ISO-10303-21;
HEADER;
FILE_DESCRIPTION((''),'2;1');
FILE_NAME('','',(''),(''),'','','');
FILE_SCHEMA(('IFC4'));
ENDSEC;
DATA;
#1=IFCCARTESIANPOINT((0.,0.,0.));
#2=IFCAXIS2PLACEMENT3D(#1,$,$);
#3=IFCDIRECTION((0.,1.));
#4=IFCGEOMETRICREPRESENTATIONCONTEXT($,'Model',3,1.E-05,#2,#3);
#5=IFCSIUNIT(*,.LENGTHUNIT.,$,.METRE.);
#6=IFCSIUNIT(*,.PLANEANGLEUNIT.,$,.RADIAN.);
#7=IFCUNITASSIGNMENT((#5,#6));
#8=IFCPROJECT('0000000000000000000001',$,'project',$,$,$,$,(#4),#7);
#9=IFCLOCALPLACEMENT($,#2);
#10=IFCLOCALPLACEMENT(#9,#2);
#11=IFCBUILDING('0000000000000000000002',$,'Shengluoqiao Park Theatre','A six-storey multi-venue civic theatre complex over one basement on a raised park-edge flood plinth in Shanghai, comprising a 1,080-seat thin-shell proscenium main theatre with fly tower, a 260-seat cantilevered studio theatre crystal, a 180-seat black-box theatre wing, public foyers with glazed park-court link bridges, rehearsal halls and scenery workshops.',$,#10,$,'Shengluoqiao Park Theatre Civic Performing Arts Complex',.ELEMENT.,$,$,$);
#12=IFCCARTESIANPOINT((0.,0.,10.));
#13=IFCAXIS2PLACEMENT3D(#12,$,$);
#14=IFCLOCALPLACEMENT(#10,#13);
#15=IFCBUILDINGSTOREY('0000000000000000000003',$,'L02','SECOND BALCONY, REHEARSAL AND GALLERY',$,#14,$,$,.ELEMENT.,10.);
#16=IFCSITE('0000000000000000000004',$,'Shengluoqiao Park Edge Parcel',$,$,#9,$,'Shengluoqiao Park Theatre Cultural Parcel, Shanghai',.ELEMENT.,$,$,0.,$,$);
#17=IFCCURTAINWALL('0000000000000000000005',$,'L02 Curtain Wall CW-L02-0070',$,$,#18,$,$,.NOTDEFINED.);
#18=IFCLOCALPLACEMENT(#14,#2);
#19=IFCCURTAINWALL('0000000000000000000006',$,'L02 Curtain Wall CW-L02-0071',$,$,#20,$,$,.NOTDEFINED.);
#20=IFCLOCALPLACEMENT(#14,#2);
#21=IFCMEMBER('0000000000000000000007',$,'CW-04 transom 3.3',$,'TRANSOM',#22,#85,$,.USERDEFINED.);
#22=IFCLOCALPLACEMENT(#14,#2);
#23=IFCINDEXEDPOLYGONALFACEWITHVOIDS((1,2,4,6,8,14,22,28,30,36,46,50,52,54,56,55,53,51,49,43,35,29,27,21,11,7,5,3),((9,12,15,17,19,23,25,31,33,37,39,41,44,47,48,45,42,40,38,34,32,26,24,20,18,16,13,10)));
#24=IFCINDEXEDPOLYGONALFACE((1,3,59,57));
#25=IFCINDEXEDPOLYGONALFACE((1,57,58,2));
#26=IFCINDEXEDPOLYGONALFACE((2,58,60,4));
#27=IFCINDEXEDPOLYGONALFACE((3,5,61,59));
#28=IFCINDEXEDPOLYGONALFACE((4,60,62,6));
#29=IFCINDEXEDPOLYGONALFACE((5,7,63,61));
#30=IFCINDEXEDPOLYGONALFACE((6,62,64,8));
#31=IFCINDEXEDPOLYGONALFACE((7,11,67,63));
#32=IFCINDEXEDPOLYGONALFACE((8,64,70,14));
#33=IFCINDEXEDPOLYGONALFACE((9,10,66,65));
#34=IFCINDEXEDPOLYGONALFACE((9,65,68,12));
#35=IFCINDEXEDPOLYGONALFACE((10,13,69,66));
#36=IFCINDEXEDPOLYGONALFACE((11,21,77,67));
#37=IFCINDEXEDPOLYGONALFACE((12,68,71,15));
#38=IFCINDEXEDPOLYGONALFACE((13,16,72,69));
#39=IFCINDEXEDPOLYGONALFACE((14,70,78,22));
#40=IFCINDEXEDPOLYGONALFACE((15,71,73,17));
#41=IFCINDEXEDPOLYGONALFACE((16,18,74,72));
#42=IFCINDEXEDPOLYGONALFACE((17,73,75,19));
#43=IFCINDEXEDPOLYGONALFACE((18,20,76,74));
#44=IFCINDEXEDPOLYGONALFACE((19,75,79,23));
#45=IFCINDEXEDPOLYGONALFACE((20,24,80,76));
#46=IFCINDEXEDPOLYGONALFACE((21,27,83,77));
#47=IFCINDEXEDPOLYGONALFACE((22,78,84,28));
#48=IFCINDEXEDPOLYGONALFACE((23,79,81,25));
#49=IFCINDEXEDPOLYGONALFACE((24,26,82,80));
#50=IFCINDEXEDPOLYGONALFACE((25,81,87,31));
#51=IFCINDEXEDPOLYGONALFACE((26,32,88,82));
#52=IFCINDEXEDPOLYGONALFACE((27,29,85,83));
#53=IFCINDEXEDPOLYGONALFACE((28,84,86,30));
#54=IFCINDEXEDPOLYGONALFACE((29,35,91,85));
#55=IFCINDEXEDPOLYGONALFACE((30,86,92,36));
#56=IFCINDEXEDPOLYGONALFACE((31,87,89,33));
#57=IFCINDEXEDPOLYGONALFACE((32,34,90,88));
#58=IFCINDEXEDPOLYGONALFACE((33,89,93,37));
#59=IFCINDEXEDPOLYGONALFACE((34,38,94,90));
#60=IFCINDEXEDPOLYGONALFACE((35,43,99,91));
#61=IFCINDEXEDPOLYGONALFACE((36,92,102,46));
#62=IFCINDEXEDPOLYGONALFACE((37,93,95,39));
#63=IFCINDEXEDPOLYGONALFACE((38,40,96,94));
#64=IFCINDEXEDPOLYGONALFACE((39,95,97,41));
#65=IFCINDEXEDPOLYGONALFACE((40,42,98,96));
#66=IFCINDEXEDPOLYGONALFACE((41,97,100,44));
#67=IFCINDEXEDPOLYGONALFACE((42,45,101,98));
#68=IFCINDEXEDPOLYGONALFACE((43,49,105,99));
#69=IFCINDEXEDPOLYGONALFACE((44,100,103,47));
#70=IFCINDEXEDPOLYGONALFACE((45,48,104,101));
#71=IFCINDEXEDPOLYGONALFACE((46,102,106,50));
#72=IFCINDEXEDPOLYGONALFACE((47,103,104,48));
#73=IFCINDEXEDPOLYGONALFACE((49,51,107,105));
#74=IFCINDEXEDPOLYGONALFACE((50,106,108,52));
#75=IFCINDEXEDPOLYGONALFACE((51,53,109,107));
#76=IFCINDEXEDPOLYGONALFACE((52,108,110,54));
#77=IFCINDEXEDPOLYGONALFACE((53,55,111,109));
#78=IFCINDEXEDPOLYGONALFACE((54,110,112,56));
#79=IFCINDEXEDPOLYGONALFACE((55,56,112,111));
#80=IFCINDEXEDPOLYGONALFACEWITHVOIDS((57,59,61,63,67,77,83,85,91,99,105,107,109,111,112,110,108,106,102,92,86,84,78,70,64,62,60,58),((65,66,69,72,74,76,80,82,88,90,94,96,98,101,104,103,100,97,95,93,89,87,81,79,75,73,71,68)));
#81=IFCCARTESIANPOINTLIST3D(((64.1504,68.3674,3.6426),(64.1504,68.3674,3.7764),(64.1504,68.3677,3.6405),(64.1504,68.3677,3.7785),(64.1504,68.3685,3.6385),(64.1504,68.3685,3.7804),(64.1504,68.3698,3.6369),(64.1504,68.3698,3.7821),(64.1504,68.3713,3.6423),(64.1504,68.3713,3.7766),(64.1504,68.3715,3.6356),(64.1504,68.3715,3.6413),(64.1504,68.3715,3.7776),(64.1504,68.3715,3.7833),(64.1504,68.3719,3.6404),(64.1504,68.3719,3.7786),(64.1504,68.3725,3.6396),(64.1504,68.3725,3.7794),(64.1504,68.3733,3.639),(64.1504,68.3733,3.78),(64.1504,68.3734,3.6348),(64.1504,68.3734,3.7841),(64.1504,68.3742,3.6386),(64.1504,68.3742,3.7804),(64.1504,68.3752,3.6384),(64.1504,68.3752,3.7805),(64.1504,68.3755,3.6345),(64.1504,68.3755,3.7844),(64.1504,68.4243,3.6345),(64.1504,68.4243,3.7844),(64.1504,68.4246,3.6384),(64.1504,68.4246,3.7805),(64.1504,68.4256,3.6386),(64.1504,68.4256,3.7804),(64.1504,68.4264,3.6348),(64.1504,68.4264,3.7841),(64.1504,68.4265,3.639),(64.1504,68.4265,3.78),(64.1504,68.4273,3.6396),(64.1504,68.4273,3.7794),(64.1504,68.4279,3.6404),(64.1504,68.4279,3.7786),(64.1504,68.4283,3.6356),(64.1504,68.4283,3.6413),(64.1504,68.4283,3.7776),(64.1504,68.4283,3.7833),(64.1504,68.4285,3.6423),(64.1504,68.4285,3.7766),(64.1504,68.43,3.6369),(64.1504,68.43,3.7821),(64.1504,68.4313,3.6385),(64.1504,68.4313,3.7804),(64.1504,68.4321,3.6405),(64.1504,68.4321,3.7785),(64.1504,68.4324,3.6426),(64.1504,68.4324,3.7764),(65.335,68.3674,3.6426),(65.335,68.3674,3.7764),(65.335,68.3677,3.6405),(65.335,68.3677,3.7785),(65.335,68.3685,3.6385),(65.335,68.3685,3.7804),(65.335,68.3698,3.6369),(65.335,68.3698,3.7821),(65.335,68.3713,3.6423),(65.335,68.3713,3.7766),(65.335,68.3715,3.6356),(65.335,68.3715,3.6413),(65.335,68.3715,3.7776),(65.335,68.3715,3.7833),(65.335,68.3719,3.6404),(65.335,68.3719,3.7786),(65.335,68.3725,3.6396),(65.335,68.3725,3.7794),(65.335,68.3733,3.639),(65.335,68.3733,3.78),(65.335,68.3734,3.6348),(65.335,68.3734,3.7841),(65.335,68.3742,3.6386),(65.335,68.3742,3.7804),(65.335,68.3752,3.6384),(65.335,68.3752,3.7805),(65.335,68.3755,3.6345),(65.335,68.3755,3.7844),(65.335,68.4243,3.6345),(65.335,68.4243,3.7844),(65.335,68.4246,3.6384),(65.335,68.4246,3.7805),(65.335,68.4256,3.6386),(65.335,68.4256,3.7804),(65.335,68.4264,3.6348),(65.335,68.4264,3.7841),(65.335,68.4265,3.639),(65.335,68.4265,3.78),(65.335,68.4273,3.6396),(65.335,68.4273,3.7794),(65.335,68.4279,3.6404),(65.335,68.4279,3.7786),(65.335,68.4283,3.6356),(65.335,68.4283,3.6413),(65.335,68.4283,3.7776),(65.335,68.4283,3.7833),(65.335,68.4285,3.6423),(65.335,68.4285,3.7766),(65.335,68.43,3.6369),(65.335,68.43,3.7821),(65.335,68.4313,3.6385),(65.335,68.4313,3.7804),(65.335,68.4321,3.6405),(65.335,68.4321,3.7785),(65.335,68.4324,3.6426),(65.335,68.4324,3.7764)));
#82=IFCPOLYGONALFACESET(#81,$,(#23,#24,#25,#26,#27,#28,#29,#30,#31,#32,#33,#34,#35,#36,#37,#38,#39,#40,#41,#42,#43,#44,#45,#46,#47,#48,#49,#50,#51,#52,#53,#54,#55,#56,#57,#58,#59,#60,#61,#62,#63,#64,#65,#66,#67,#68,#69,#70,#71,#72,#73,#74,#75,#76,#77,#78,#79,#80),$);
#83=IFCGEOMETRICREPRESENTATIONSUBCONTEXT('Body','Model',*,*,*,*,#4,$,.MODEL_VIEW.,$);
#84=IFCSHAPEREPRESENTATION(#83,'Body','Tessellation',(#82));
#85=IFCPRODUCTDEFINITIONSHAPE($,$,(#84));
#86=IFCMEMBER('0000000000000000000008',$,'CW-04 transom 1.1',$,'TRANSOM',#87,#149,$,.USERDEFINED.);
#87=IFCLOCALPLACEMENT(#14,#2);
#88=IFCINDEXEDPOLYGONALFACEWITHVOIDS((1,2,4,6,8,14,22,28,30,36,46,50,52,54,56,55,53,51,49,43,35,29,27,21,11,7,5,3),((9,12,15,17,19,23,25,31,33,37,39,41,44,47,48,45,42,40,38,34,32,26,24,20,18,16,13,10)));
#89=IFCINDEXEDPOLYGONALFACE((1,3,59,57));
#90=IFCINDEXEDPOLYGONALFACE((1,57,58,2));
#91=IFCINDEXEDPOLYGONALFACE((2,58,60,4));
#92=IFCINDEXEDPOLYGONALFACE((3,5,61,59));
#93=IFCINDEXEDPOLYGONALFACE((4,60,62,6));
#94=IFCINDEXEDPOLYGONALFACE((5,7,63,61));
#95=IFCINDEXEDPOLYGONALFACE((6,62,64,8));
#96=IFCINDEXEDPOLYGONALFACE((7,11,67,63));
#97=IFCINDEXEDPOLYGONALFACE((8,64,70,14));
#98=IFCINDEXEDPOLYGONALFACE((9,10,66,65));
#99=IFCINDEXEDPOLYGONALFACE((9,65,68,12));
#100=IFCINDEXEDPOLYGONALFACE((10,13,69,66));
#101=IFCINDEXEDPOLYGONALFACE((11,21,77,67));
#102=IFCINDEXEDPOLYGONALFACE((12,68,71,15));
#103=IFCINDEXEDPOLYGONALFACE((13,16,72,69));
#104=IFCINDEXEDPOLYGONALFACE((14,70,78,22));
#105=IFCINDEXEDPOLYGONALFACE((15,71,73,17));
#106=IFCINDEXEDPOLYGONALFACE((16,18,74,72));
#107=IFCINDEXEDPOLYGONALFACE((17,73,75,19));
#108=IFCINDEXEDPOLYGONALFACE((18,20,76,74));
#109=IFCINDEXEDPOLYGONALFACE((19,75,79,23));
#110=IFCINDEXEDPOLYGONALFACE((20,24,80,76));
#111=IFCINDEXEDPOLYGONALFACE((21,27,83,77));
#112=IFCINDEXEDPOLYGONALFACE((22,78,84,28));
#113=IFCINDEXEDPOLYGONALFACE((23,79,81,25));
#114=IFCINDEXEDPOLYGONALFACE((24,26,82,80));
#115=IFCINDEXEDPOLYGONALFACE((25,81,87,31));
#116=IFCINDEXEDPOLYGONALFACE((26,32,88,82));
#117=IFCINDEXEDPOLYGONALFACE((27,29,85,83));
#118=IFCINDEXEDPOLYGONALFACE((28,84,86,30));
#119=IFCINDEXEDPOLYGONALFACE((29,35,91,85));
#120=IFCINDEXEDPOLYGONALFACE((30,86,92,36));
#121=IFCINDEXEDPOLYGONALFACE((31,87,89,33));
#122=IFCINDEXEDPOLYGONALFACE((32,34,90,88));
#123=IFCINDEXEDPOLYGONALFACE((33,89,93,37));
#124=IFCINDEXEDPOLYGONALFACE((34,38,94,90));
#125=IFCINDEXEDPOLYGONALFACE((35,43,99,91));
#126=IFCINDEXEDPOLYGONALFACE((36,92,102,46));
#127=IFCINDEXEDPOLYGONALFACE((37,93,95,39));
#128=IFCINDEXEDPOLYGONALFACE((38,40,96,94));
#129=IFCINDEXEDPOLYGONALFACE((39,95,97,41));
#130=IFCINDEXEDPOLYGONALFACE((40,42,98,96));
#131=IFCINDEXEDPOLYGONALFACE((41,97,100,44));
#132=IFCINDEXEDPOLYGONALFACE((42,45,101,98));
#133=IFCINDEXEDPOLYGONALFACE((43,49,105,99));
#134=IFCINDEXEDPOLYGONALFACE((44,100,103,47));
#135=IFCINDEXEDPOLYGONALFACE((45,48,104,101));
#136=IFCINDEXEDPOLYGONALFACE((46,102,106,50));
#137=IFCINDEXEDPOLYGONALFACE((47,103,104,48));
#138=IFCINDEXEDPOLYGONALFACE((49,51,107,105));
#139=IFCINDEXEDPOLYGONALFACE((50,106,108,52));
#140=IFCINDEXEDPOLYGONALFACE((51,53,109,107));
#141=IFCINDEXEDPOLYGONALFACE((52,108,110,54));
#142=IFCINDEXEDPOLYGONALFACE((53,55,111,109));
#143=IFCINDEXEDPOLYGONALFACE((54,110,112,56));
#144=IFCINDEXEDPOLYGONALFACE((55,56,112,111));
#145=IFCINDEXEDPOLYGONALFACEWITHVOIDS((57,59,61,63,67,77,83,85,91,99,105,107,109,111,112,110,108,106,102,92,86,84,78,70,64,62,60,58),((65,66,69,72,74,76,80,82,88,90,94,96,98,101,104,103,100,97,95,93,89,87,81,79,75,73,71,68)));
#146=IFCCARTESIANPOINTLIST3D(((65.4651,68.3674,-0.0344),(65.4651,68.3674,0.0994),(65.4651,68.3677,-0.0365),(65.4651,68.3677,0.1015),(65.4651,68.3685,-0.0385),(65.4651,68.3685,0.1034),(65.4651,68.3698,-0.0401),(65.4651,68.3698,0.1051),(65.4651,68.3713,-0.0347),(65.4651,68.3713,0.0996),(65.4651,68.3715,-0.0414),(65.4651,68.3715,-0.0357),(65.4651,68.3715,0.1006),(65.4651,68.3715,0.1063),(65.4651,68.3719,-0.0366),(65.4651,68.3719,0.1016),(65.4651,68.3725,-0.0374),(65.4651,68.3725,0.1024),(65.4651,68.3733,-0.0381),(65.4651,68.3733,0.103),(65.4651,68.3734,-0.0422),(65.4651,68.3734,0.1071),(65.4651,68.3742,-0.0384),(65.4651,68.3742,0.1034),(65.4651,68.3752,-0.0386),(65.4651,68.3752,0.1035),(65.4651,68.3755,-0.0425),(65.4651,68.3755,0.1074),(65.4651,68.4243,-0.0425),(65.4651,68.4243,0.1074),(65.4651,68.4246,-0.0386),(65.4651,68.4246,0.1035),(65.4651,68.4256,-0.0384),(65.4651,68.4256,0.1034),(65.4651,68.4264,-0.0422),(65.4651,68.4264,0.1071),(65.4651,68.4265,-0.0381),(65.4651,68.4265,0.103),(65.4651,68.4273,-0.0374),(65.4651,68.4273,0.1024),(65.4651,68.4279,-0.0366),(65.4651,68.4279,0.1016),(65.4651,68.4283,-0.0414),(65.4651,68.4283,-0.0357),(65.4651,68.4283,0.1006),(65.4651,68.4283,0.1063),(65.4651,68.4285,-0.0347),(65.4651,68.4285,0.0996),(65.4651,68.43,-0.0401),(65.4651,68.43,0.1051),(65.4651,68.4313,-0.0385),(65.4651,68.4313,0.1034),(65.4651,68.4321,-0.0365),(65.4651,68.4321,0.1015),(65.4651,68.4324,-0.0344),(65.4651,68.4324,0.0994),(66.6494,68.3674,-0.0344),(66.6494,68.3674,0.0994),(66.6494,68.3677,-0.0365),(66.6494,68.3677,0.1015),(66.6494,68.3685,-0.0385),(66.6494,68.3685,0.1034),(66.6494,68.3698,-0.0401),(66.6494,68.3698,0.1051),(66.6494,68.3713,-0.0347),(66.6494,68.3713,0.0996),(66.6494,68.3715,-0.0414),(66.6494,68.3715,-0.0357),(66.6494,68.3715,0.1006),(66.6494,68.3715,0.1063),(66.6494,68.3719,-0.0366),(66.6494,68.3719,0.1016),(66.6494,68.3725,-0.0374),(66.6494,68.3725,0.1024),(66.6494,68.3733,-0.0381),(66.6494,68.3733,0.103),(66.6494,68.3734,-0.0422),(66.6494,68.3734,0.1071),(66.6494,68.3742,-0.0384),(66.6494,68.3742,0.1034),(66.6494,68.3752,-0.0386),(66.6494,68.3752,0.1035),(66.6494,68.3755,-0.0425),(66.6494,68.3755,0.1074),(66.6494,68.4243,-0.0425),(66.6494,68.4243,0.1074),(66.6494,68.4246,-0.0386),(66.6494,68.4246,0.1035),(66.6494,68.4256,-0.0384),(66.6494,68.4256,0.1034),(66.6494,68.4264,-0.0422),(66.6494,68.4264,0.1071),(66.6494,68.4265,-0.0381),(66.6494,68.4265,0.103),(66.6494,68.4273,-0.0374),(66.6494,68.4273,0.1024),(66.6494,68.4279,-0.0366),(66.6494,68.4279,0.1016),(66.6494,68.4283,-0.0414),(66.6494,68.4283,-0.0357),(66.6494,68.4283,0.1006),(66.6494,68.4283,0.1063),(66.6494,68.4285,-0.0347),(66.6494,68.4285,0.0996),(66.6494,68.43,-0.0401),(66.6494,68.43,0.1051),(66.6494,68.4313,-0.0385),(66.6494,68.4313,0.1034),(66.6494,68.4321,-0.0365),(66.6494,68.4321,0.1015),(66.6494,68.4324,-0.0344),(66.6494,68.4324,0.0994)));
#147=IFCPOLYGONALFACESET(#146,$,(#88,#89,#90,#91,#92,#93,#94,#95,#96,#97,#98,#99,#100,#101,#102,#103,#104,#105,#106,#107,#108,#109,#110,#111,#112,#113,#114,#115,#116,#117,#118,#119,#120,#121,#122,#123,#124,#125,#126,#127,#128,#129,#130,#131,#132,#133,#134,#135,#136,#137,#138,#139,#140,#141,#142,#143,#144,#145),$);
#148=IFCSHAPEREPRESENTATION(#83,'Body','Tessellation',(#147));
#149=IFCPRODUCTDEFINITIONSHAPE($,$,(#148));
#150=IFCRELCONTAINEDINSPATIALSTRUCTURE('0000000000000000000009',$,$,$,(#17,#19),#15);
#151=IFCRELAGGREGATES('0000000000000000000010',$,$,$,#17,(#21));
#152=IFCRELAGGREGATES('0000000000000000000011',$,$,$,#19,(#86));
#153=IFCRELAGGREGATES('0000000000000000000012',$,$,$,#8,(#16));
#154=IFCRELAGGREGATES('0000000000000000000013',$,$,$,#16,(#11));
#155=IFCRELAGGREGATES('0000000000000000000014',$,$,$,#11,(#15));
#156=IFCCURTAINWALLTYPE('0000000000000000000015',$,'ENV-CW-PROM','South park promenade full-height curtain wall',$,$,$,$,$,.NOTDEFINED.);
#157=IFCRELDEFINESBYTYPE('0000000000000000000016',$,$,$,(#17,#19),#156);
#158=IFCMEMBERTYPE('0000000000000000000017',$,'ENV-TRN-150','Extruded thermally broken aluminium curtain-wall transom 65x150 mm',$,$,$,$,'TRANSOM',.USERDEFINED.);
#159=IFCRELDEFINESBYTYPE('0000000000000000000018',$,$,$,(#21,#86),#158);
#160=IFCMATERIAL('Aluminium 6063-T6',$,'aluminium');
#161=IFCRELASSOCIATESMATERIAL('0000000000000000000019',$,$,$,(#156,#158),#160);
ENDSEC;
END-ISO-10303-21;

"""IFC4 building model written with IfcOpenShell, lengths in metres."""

from ifc_helpers import new_model, si_unit, direction, frame, origin, origin_2d, place, context, subcontext, project, spatial, hollow_rectangle, extrude, material, material_profile, profile_set, type_object, element, aggregate, save


model = new_model("IFC4")

# Units and contexts
model_context = context("Model", 3, precision=1e-05, world=origin(), true_north=direction((0.0, 1.0)))
body_context = subcontext(model_context, "Body", "Model", "MODEL_VIEW")
ifc_project = project(units=[si_unit("LENGTHUNIT", "METRE"), si_unit("PLANEANGLEUNIT", "RADIAN")], contexts=[model_context])

# Site, building, storey
site_placement = place(None, origin())
site = spatial("IfcSite", under=ifc_project, at=site_placement, Name="Shengluoqiao Park Edge Parcel", LongName="Shengluoqiao Park Theatre Cultural Parcel, Shanghai", CompositionType="ELEMENT", RefElevation=0.0)
building_placement = place(site_placement, origin())
building = spatial("IfcBuilding", under=site, at=building_placement, Name="Shengluoqiao Park Theatre", Description="A six-storey multi-venue civic theatre complex over one basement on a raised park-edge flood plinth in Shanghai, comprising a 1,080-seat thin-shell proscenium main theatre with fly tower, a 260-seat cantilevered studio theatre crystal, a 180-seat black-box theatre wing, public foyers with glazed park-court link bridges, rehearsal halls and scenery workshops.", LongName="Shengluoqiao Park Theatre Civic Performing Arts Complex", CompositionType="ELEMENT")
storey_placement = place(building_placement, frame((0.0, 0.0, 10.0)))
storey = spatial("IfcBuildingStorey", under=building, at=storey_placement, Name="L02", Description="SECOND BALCONY, REHEARSAL AND GALLERY", CompositionType="ELEMENT", Elevation=10.0)

# Curtain walls
ifc_material_1 = material(Name="Aluminium 6063-T6", Category="aluminium")
curtain_wall_type = type_object("IfcCurtainWallType", Name="ENV-CW-PROM", Description="South park promenade full-height curtain wall", PredefinedType="NOTDEFINED", material=ifc_material_1)
curtain_wall_1_placement = place(storey_placement, origin())
curtain_wall_1 = element("IfcCurtainWall", 1, at=curtain_wall_1_placement, inside=storey, type_object=curtain_wall_type, Name="L02 Curtain Wall CW-L02-0070", PredefinedType="NOTDEFINED")
curtain_wall_2_placement = place(storey_placement, origin())
curtain_wall_2 = element("IfcCurtainWall", 2, at=curtain_wall_2_placement, inside=storey, type_object=curtain_wall_type, Name="L02 Curtain Wall CW-L02-0071", PredefinedType="NOTDEFINED")

# Members
ifc_material_profile_1 = material_profile(ifc_material_1, hollow_rectangle(XDim=0.0649, YDim=0.1499, WallThickness=0.0039, InnerFilletRadius=0.0039, OuterFilletRadius=0.0081, at=origin_2d()), Name="ALU TRANSOM 150x65x4")
ifc_profile_set_1 = profile_set([ifc_material_profile_1], Name="Aluminium 6063-T6")
member_type_1 = type_object("IfcMemberType", Name="ENV-TRN-150", Description="Extruded thermally broken aluminium curtain-wall transom 65x150 mm", ElementType="TRANSOM", PredefinedType="USERDEFINED", material=ifc_profile_set_1)
member_1_placement = place(storey_placement, frame((64.1504, 68.3999, 3.7095), z_axis=(1.0, 0.0, 0.0), x_axis=(0.0, 1.0, 0.0)))
member_1 = element("IfcMember", 3, at=member_1_placement, type_object=member_type_1, Name="CW-04 transom 3.3", ObjectType="TRANSOM", PredefinedType="USERDEFINED", context=body_context, shape_type="SweptSolid", body=[
    extrude(hollow_rectangle(XDim=0.0649, YDim=0.1499, WallThickness=0.0039, InnerFilletRadius=0.0039, OuterFilletRadius=0.0081, at=origin_2d()), origin(), (0.0, 0.0, 1.0), 1.1846),
])
member_2_placement = place(storey_placement, frame((65.4651, 68.3999, 0.0325), z_axis=(1.0, 0.0, 0.0), x_axis=(0.0, 1.0, 0.0)))
member_2 = element("IfcMember", 4, at=member_2_placement, type_object=member_type_1, Name="CW-04 transom 1.1", ObjectType="TRANSOM", PredefinedType="USERDEFINED", context=body_context, shape_type="SweptSolid", body=[
    extrude(hollow_rectangle(XDim=0.0649, YDim=0.1499, WallThickness=0.0039, InnerFilletRadius=0.0039, OuterFilletRadius=0.0081, at=origin_2d()), origin(), (0.0, 0.0, 1.0), 1.1843),
])

aggregate(curtain_wall_1, [member_1])
aggregate(curtain_wall_2, [member_2])

save(model, "model.ifc")
